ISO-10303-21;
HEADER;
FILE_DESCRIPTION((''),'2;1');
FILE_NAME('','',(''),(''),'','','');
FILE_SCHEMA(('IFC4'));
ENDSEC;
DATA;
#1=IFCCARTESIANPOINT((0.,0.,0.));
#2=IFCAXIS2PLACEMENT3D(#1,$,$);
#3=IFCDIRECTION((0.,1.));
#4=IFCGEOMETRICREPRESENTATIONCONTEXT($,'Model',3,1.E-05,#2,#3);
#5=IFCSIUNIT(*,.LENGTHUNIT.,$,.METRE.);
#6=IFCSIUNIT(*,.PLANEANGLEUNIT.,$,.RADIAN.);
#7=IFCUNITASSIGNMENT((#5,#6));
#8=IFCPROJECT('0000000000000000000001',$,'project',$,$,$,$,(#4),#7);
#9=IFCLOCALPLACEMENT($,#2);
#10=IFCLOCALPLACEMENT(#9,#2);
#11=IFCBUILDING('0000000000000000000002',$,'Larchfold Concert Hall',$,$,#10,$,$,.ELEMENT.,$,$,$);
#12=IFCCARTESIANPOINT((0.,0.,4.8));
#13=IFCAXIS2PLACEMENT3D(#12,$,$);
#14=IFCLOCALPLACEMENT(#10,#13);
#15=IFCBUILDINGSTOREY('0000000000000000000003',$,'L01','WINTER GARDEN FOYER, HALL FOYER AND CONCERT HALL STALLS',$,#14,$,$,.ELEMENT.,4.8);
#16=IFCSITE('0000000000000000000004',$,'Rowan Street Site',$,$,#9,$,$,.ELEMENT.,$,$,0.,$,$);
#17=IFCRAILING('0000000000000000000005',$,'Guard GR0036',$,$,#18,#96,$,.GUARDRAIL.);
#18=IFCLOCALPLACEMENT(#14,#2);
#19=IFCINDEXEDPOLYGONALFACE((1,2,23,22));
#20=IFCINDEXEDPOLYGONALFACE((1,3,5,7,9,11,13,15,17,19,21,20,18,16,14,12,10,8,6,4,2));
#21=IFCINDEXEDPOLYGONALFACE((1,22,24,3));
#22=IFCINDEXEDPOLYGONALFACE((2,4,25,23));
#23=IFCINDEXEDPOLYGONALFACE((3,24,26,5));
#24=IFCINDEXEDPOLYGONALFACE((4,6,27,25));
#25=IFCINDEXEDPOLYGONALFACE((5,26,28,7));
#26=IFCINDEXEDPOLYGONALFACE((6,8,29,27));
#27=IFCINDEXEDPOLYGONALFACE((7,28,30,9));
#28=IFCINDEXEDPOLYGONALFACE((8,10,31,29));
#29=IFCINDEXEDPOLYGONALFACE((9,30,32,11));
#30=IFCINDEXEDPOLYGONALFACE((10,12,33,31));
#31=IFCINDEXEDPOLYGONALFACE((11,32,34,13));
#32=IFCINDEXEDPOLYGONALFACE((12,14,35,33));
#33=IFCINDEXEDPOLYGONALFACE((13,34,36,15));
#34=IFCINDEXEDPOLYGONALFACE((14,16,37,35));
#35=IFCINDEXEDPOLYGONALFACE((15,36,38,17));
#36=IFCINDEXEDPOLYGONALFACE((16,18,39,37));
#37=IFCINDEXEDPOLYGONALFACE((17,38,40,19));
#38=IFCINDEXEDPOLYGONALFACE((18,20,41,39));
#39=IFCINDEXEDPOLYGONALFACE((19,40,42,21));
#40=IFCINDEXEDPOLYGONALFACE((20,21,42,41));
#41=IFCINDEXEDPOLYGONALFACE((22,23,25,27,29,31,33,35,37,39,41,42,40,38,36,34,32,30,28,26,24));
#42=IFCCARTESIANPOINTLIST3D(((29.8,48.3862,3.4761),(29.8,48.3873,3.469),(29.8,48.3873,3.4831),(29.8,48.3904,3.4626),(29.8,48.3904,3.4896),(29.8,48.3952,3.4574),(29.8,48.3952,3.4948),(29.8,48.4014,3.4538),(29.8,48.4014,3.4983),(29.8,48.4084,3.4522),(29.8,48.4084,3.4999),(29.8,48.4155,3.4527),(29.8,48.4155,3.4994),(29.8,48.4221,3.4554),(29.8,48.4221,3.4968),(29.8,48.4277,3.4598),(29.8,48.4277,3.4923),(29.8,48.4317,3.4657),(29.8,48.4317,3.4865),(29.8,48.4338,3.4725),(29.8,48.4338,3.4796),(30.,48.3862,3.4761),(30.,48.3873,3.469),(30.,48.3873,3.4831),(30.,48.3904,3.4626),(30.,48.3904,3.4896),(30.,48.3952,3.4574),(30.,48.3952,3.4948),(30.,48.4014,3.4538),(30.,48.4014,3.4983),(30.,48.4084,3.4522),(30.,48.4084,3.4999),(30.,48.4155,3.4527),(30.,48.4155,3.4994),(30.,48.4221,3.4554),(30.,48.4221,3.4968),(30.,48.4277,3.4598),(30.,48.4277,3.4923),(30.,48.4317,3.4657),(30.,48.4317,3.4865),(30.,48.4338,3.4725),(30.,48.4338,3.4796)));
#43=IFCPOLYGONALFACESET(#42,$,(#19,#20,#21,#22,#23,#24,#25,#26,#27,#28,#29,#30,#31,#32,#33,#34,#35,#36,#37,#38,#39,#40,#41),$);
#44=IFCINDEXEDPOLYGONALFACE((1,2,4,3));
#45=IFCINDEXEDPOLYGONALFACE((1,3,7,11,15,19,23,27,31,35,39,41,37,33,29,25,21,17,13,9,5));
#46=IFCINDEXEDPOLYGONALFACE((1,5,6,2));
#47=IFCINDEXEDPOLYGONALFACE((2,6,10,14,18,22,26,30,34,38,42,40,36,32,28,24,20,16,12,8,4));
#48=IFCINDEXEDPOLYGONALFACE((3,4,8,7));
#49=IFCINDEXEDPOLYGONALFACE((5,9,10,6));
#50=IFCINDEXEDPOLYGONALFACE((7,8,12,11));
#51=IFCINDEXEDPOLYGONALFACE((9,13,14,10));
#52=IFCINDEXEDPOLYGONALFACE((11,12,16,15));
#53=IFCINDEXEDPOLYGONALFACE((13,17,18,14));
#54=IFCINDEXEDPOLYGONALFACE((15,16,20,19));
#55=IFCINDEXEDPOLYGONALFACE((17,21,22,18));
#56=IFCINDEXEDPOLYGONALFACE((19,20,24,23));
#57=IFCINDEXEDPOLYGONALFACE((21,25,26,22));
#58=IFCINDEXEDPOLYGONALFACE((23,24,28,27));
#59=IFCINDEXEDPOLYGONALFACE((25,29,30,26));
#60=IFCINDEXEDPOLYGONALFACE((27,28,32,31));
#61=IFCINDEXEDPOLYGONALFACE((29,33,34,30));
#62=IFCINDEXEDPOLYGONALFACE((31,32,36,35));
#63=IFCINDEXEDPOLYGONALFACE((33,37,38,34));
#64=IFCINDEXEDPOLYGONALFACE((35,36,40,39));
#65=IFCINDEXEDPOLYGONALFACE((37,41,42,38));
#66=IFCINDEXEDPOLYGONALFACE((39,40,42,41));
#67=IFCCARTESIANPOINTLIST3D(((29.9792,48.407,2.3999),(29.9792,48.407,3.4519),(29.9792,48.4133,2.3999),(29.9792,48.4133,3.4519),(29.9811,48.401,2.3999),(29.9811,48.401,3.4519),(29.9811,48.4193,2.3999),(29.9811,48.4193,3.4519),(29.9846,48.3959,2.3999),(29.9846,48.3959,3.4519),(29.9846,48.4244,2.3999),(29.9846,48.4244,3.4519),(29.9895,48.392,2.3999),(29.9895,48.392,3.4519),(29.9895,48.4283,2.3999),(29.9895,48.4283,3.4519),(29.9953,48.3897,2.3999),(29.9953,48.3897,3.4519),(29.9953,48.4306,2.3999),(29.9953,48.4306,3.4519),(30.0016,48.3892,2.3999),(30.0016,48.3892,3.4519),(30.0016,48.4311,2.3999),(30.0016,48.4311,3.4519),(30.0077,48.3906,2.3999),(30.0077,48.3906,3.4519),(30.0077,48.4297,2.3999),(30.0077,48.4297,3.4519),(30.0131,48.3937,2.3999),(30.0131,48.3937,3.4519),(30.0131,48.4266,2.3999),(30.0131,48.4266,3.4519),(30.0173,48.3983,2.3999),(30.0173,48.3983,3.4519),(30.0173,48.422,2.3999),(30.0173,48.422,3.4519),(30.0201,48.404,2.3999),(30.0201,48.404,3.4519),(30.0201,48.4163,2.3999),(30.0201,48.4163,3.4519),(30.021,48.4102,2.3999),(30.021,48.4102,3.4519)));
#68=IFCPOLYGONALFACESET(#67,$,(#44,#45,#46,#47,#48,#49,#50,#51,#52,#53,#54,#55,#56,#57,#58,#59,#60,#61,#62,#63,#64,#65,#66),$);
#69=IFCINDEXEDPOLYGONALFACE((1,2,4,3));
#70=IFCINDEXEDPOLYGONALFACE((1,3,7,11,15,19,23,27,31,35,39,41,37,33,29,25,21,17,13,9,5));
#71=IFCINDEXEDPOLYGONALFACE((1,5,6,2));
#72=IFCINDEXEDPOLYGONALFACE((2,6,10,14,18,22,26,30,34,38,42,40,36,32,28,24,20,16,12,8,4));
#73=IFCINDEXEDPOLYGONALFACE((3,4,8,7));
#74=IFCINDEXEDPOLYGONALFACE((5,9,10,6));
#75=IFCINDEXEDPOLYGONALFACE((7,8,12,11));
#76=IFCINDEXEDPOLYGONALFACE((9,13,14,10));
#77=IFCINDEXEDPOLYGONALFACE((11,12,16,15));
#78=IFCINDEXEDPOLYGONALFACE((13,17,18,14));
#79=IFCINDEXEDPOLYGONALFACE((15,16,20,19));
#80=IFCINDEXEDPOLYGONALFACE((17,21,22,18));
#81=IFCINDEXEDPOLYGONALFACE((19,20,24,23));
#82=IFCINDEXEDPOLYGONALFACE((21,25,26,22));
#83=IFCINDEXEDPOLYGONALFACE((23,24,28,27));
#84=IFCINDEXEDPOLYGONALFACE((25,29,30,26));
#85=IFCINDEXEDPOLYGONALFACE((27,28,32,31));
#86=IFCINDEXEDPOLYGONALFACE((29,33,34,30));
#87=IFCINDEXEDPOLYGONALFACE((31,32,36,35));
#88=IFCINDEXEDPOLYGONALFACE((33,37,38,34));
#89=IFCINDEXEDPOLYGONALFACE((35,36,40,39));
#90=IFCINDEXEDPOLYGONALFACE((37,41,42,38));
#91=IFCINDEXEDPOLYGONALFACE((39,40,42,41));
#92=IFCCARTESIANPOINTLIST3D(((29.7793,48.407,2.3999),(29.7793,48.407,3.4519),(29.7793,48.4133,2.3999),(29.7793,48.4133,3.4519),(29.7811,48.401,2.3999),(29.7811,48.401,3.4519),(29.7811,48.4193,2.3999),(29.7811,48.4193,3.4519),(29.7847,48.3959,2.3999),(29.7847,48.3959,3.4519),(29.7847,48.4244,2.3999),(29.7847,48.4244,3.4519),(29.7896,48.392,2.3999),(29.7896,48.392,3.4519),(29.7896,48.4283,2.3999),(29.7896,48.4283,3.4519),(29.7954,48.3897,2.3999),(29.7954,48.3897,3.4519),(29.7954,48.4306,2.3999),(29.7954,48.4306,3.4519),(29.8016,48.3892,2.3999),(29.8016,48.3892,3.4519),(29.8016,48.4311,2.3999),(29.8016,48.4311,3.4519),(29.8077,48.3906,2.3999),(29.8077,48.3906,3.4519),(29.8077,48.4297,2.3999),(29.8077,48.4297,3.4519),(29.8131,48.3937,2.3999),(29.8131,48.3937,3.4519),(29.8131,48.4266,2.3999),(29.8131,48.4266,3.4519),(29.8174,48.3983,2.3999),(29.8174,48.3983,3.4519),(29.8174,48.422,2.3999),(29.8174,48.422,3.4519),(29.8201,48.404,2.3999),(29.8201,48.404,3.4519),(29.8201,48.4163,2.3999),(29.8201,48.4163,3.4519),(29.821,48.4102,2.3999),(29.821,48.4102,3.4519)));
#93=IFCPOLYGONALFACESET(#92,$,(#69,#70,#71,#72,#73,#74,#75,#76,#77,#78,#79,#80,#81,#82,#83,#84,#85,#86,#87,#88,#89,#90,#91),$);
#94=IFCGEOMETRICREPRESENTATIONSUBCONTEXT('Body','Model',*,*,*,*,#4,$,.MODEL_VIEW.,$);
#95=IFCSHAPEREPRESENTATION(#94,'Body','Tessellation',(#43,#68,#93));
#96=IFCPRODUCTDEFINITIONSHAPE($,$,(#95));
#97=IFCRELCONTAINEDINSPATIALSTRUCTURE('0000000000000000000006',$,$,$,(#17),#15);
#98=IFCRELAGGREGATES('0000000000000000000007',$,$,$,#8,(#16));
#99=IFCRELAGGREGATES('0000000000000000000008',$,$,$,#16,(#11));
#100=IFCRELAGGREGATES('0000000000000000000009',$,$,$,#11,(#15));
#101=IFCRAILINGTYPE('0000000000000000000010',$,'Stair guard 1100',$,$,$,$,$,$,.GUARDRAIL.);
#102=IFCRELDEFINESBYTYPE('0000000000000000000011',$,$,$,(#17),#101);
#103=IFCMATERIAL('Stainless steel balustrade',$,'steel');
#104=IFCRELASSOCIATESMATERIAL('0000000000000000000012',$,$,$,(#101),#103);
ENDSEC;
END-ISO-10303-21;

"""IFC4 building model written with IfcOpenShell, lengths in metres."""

from ifc_helpers import new_model, si_unit, direction, frame, origin, origin_2d, place, context, subcontext, project, spatial, circle, extrude, material, type_object, element, save


model = new_model("IFC4")

# Units and contexts
model_context = context("Model", 3, precision=1e-05, world=origin(), true_north=direction((0.0, 1.0)))
body_context = subcontext(model_context, "Body", "Model", "MODEL_VIEW")
ifc_project = project(units=[si_unit("LENGTHUNIT", "METRE"), si_unit("PLANEANGLEUNIT", "RADIAN")], contexts=[model_context])

# Site, building, storey
site_placement = place(None, origin())
site = spatial("IfcSite", under=ifc_project, at=site_placement, Name="Rowan Street Site", CompositionType="ELEMENT", RefElevation=0.0)
building_placement = place(site_placement, origin())
building = spatial("IfcBuilding", under=site, at=building_placement, Name="Larchfold Concert Hall", CompositionType="ELEMENT")
storey_placement = place(building_placement, frame((0.0, 0.0, 4.8)))
storey = spatial("IfcBuildingStorey", under=building, at=storey_placement, Name="L01", Description="WINTER GARDEN FOYER, HALL FOYER AND CONCERT HALL STALLS", CompositionType="ELEMENT", Elevation=4.8)

# Railing
ifc_material_1 = material(Name="Stainless steel balustrade", Category="steel")
railing_type_1 = type_object("IfcRailingType", Name="Stair guard 1100", PredefinedType="GUARDRAIL", material=ifc_material_1)
railing_1_placement = place(storey_placement, frame((30.0, 48.4102, 2.3999)))
element("IfcRailing", 1, at=railing_1_placement, inside=storey, type_object=railing_type_1, Name="Guard GR0036", PredefinedType="GUARDRAIL", context=body_context, shape_type="SweptSolid", body=[
    extrude(circle(Radius=0.0239, at=origin_2d()), frame((0.0, 0.0, 1.0762), z_axis=(-1.0, 0.0, 0.0), x_axis=(0.0, -1.0, 0.0)), (0.0, 0.0, 1.0), 0.2),
    extrude(circle(Radius=0.021, at=origin_2d()), origin(), (0.0, 0.0, 1.0), 1.052),
    extrude(circle(Radius=0.021, at=origin_2d()), frame((-0.2, 0.0, 0.0)), (0.0, 0.0, 1.0), 1.052),
])

save(model, "model.ifc")
